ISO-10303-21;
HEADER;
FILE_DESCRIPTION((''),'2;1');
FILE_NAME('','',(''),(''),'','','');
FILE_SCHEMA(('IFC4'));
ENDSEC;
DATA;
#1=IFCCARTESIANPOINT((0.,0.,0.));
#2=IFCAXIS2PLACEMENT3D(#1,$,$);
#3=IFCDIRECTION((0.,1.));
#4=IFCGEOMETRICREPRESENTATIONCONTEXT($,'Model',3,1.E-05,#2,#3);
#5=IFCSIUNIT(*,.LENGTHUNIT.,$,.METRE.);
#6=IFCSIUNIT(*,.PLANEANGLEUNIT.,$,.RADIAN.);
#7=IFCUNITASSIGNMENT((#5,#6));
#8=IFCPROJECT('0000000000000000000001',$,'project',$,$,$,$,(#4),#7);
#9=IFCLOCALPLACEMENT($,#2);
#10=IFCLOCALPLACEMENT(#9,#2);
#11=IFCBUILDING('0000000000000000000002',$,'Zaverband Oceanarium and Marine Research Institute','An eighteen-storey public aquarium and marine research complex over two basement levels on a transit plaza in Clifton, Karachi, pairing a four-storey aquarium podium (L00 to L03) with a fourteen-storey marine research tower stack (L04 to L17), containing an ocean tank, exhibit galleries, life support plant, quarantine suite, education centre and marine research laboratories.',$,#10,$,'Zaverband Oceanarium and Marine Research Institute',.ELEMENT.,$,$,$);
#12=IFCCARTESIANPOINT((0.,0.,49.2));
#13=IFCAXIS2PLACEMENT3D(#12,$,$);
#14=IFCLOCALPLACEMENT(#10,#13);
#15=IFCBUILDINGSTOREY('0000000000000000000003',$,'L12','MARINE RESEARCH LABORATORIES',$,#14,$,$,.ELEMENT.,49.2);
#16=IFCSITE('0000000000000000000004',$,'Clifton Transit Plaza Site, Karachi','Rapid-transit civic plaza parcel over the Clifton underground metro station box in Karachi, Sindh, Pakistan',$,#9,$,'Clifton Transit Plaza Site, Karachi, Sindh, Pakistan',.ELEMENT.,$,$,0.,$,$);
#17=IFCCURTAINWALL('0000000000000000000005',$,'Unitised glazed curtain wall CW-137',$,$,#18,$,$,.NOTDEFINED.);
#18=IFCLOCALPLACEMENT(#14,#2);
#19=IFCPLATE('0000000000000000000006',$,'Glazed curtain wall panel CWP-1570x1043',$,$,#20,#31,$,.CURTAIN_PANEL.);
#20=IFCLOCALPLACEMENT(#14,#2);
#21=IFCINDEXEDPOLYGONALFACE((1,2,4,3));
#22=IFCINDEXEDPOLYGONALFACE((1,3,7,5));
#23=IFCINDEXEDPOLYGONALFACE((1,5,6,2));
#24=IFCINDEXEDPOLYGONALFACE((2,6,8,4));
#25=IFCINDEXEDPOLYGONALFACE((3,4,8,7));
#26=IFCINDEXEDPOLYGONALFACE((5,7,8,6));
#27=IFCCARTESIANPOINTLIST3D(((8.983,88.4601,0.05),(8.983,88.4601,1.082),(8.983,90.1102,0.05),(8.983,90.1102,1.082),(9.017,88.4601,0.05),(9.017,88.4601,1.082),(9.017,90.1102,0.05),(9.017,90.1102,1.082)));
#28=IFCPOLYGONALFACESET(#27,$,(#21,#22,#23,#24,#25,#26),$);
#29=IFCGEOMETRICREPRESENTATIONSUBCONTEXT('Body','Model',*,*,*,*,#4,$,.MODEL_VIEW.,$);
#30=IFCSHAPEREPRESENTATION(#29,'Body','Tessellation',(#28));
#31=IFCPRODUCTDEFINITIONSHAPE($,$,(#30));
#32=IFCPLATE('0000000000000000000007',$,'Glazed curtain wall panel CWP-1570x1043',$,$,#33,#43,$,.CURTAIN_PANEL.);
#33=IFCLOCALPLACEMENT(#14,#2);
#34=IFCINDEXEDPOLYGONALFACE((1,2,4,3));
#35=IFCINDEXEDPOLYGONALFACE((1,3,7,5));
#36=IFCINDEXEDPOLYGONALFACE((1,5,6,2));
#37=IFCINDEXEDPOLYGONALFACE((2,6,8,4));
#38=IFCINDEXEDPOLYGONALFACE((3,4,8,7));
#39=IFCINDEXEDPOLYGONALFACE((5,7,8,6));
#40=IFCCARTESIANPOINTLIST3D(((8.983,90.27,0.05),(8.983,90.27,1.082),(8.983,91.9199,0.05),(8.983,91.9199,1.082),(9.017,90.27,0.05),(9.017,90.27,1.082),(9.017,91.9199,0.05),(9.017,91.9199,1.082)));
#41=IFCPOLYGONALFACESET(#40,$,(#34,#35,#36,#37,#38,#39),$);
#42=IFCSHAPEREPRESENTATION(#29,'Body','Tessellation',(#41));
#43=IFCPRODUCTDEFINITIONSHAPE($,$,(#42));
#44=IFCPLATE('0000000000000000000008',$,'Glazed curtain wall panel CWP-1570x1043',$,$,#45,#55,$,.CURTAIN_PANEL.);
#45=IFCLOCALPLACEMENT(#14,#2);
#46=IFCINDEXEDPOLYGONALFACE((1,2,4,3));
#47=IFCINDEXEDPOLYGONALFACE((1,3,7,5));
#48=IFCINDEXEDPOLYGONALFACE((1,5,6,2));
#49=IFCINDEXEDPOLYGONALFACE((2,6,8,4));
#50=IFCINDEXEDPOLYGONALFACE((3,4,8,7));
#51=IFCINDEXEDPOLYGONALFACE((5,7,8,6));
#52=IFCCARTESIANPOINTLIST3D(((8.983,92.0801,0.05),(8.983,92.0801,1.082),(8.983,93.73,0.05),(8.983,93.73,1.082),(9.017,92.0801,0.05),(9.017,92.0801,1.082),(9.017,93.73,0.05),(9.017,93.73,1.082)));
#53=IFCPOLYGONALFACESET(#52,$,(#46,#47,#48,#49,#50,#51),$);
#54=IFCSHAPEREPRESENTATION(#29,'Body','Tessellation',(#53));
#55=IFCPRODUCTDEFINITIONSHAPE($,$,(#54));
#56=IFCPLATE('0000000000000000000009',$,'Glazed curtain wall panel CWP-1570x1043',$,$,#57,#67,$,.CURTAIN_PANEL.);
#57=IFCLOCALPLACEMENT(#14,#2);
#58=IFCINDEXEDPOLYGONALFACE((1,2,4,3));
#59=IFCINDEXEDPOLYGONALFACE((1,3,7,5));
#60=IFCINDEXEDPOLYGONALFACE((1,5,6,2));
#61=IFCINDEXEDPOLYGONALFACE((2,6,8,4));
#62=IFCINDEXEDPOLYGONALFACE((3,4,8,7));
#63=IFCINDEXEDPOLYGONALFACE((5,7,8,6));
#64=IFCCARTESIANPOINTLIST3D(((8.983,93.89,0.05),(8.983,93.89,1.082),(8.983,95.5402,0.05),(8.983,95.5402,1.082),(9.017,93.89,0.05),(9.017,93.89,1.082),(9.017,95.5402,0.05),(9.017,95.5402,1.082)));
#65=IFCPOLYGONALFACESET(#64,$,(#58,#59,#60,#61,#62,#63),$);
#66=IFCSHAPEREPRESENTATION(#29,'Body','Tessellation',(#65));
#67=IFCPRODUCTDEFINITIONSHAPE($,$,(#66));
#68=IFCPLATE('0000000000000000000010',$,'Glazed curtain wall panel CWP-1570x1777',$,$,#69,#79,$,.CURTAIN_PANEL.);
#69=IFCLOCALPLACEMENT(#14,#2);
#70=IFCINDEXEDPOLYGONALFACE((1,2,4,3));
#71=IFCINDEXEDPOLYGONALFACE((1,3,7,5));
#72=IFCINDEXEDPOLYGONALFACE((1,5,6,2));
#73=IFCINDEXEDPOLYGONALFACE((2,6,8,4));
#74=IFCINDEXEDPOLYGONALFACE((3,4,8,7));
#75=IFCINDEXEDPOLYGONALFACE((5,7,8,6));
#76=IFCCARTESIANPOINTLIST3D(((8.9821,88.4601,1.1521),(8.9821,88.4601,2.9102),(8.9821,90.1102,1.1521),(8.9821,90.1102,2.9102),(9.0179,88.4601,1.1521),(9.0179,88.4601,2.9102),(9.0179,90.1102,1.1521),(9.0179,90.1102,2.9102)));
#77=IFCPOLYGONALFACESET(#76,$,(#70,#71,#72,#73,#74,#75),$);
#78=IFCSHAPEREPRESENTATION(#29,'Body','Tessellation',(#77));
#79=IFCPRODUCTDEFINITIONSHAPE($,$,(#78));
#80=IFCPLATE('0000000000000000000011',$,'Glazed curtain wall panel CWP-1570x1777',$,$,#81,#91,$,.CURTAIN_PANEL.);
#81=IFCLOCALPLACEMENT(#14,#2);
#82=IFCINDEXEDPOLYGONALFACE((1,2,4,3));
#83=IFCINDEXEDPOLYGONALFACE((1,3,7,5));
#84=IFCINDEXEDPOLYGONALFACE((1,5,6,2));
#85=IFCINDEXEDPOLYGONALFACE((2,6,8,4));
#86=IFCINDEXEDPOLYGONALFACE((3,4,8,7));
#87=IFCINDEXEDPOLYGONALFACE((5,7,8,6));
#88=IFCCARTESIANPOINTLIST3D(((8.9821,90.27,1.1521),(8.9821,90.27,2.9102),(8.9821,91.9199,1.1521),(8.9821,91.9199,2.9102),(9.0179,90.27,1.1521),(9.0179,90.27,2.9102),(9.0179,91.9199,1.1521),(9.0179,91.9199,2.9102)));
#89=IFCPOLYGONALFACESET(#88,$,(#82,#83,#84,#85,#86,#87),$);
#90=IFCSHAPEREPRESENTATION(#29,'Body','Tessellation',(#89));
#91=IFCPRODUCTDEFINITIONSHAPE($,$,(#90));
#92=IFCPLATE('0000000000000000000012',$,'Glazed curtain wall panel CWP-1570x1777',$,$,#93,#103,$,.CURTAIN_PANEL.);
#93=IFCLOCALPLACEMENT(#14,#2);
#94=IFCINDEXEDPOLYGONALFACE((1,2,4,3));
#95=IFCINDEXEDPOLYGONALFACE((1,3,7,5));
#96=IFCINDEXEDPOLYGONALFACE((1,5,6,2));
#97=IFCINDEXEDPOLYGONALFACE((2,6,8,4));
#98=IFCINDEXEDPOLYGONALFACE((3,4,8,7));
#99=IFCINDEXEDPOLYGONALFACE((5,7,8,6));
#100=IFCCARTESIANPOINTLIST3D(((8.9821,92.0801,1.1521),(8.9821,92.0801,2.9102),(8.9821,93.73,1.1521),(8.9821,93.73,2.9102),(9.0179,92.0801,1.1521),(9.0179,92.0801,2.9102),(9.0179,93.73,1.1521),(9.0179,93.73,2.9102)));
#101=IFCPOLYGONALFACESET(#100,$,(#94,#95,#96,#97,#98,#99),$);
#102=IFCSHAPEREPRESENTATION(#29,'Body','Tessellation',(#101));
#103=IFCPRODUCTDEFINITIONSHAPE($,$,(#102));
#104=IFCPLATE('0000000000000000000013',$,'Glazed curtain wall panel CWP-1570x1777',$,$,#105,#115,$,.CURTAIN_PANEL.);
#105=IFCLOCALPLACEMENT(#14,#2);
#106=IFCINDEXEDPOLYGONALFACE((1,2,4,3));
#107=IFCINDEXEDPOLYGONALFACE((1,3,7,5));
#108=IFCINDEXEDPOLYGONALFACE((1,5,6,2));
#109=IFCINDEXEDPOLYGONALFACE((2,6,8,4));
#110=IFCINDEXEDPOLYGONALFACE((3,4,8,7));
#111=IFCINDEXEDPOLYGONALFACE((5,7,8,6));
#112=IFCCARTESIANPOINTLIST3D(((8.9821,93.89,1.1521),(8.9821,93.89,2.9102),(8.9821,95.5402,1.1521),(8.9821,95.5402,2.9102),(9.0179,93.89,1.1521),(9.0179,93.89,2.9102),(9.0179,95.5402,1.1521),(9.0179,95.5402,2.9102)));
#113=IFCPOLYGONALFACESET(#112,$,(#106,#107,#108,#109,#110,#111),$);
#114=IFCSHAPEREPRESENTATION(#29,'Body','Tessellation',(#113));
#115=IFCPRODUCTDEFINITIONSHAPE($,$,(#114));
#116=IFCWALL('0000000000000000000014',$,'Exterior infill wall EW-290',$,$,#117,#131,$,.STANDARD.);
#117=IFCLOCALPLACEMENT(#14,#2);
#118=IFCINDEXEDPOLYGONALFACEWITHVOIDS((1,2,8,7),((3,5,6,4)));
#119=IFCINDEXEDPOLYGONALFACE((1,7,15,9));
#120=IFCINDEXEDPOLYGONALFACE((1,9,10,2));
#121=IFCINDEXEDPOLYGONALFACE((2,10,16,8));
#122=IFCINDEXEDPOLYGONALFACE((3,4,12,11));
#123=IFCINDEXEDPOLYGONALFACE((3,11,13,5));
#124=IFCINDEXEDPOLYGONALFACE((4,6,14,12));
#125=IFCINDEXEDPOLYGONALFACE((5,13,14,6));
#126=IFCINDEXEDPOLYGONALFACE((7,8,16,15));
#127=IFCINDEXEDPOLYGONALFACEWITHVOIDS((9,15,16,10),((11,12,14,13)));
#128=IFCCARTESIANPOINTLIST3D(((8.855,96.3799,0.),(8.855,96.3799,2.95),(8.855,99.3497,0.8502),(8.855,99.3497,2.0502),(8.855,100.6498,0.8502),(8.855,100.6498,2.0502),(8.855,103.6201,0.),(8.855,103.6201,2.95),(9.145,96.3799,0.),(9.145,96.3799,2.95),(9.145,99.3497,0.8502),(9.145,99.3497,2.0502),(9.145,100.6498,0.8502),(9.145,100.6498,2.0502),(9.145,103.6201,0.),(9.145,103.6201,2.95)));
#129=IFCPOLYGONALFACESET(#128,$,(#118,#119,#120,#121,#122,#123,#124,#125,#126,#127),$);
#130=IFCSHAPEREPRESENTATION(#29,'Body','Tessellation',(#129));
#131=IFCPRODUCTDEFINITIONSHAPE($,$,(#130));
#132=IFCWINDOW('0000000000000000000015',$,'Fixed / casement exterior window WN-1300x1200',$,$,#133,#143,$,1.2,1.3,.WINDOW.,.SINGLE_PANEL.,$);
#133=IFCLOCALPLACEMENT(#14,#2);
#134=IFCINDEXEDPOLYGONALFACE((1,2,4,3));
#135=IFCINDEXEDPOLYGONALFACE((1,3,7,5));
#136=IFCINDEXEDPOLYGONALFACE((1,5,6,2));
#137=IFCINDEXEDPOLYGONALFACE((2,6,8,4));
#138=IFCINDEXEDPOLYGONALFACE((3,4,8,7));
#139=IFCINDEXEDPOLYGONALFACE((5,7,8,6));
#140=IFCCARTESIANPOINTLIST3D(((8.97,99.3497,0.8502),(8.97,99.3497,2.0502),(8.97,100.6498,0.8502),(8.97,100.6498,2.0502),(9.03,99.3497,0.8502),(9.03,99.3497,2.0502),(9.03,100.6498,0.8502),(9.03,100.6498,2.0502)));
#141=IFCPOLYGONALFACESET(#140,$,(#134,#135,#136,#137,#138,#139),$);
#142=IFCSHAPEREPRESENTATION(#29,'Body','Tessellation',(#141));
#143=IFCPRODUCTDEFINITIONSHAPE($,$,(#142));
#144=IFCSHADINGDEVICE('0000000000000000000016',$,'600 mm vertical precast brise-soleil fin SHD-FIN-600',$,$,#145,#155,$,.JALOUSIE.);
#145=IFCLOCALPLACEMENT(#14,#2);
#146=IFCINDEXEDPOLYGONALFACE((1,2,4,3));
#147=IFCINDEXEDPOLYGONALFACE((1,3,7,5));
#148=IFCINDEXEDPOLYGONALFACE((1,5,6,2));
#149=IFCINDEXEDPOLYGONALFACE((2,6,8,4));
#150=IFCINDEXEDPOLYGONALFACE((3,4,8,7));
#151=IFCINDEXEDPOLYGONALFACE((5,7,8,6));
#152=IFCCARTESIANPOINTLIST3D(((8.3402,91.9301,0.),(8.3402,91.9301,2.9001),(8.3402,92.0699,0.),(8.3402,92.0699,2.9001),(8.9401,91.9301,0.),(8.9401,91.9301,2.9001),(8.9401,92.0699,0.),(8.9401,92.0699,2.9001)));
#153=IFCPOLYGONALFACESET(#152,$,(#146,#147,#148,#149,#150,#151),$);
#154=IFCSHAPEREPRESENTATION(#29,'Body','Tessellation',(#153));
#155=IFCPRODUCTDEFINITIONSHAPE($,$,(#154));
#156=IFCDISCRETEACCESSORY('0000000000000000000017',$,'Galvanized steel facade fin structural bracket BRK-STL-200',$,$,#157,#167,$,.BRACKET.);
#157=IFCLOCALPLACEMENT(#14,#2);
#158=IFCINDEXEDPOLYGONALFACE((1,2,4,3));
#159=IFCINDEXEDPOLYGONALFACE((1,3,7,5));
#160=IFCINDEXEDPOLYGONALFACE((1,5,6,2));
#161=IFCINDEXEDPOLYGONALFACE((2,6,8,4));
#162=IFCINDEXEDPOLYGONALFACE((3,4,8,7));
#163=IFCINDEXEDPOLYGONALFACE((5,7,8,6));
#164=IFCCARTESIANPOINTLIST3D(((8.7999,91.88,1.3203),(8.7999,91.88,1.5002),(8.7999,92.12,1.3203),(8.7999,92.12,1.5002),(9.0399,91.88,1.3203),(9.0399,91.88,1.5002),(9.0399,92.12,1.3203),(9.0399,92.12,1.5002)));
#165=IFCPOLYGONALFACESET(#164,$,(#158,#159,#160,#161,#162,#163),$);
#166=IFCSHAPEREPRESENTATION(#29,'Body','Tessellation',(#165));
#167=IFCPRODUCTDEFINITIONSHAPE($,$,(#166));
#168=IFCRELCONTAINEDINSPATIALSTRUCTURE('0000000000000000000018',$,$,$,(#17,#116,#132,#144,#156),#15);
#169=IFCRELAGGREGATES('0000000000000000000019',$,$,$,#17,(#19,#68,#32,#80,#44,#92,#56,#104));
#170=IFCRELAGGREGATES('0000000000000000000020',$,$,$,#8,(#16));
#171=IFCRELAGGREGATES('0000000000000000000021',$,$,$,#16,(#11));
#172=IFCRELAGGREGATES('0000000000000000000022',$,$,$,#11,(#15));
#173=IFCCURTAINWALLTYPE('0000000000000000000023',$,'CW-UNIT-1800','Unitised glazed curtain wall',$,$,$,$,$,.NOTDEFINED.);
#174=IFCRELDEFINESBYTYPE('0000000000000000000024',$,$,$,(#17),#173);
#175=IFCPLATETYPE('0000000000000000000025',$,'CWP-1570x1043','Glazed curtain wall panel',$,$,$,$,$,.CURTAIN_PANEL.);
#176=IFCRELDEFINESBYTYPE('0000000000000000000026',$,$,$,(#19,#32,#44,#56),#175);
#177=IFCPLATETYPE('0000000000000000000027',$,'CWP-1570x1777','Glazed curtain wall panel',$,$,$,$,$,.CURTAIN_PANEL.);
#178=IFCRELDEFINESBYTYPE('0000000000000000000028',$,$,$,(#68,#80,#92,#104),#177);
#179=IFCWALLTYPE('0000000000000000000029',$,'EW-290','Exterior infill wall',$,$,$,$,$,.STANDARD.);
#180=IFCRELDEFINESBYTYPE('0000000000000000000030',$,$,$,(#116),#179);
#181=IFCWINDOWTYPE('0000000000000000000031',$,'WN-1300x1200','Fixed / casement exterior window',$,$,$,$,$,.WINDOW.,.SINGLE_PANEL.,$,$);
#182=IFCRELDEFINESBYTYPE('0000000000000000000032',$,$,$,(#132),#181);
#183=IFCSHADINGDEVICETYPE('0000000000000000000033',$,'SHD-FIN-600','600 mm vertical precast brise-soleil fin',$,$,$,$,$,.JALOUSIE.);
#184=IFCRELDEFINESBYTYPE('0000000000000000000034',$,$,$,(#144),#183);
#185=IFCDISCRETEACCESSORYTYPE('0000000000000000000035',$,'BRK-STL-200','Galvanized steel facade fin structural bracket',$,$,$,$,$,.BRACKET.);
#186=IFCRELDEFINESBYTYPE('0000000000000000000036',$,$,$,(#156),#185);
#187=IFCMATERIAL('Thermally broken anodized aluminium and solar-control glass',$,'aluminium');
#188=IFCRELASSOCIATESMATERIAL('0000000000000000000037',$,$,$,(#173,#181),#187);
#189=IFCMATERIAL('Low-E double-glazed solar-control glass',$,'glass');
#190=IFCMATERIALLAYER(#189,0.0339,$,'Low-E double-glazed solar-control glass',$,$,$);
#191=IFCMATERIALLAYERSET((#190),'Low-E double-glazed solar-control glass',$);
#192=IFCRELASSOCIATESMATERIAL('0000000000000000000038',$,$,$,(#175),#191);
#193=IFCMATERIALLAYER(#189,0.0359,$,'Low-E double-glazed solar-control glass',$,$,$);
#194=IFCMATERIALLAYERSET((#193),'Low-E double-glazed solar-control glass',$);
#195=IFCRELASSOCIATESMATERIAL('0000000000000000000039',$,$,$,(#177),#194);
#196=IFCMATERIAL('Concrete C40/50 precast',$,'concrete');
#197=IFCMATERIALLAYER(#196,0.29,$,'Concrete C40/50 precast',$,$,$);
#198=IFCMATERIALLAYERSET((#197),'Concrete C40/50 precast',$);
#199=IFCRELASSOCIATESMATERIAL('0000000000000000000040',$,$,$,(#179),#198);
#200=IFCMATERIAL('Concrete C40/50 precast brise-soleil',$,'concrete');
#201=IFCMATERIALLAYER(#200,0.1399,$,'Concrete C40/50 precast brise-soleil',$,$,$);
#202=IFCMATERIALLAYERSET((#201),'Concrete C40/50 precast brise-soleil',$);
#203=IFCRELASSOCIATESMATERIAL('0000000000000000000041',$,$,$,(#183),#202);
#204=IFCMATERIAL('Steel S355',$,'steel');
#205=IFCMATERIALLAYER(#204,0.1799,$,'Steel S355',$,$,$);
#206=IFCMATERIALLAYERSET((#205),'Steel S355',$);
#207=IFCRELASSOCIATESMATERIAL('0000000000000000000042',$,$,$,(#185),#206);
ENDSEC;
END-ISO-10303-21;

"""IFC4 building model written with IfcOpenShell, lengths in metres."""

from ifc_helpers import new_model, si_unit, direction, frame, frame_2d, origin, origin_2d, place, context, subcontext, project, spatial, rectangle, extrude, material, layer, layer_set, type_object, element, fill, aggregate, save


model = new_model("IFC4")

# Units and contexts
model_context = context("Model", 3, precision=1e-05, world=origin(), true_north=direction((0.0, 1.0)))
body_context = subcontext(model_context, "Body", "Model", "MODEL_VIEW")
ifc_project = project(units=[si_unit("LENGTHUNIT", "METRE"), si_unit("PLANEANGLEUNIT", "RADIAN")], contexts=[model_context])

# Site, building, storey
site_placement = place(None, origin())
site = spatial("IfcSite", under=ifc_project, at=site_placement, Name="Clifton Transit Plaza Site, Karachi", Description="Rapid-transit civic plaza parcel over the Clifton underground metro station box in Karachi, Sindh, Pakistan", LongName="Clifton Transit Plaza Site, Karachi, Sindh, Pakistan", CompositionType="ELEMENT", RefElevation=0.0)
building_placement = place(site_placement, origin())
building = spatial("IfcBuilding", under=site, at=building_placement, Name="Zaverband Oceanarium and Marine Research Institute", Description="An eighteen-storey public aquarium and marine research complex over two basement levels on a transit plaza in Clifton, Karachi, pairing a four-storey aquarium podium (L00 to L03) with a fourteen-storey marine research tower stack (L04 to L17), containing an ocean tank, exhibit galleries, life support plant, quarantine suite, education centre and marine research laboratories.", LongName="Zaverband Oceanarium and Marine Research Institute", CompositionType="ELEMENT")
storey_placement = place(building_placement, frame((0.0, 0.0, 49.2)))
storey = spatial("IfcBuildingStorey", under=building, at=storey_placement, Name="L12", Description="MARINE RESEARCH LABORATORIES", CompositionType="ELEMENT", Elevation=49.2)

# Curtain wall
ifc_material_1 = material(Name="Thermally broken anodized aluminium and solar-control glass", Category="aluminium")
curtain_wall_type = type_object("IfcCurtainWallType", Name="CW-UNIT-1800", Description="Unitised glazed curtain wall", PredefinedType="NOTDEFINED", material=ifc_material_1)
curtain_wall_placement = place(storey_placement, origin())
curtain_wall = element("IfcCurtainWall", 1, at=curtain_wall_placement, inside=storey, type_object=curtain_wall_type, Name="Unitised glazed curtain wall CW-137", PredefinedType="NOTDEFINED")

# Plates
ifc_material_2 = material(Name="Low-E double-glazed solar-control glass", Category="glass")
ifc_layer_1 = layer(ifc_material_2, 0.0339, Name="Low-E double-glazed solar-control glass")
ifc_layer_set_1 = layer_set([ifc_layer_1], Name="Low-E double-glazed solar-control glass")
plate_type_1 = type_object("IfcPlateType", Name="CWP-1570x1043", Description="Glazed curtain wall panel", PredefinedType="CURTAIN_PANEL", material=ifc_layer_set_1)
plate_1_placement = place(storey_placement, frame((9.0, 88.46, 0.05), z_axis=(0.0, 0.0, 1.0), x_axis=(0.0, 1.0, 0.0)))
plate_1 = element("IfcPlate", 2, at=plate_1_placement, type_object=plate_type_1, Name="Glazed curtain wall panel CWP-1570x1043", PredefinedType="CURTAIN_PANEL", context=body_context, shape_type="SweptSolid", body=[
    extrude(rectangle(XDim=1.6501, YDim=0.0339, at=frame_2d((0.8252, 0.0))), origin(), (0.0, 0.0, 1.0), 1.032),
])
plate_2_placement = place(storey_placement, frame((9.0, 90.27, 0.05), z_axis=(0.0, 0.0, 1.0), x_axis=(0.0, 1.0, 0.0)))
plate_2 = element("IfcPlate", 3, at=plate_2_placement, type_object=plate_type_1, Name="Glazed curtain wall panel CWP-1570x1043", PredefinedType="CURTAIN_PANEL", context=body_context, shape_type="SweptSolid", body=[
    extrude(rectangle(XDim=1.6499, YDim=0.0339, at=frame_2d((0.825, 0.0))), origin(), (0.0, 0.0, 1.0), 1.032),
])
plate_3_placement = place(storey_placement, frame((9.0, 92.0801, 0.05), z_axis=(0.0, 0.0, 1.0), x_axis=(0.0, 1.0, 0.0)))
plate_3 = element("IfcPlate", 4, at=plate_3_placement, type_object=plate_type_1, Name="Glazed curtain wall panel CWP-1570x1043", PredefinedType="CURTAIN_PANEL", context=body_context, shape_type="SweptSolid", body=[
    extrude(rectangle(XDim=1.6499, YDim=0.0339, at=frame_2d((0.825, 0.0))), origin(), (0.0, 0.0, 1.0), 1.032),
])
plate_4_placement = place(storey_placement, frame((9.0, 93.8899, 0.05), z_axis=(0.0, 0.0, 1.0), x_axis=(0.0, 1.0, 0.0)))
plate_4 = element("IfcPlate", 5, at=plate_4_placement, type_object=plate_type_1, Name="Glazed curtain wall panel CWP-1570x1043", PredefinedType="CURTAIN_PANEL", context=body_context, shape_type="SweptSolid", body=[
    extrude(rectangle(XDim=1.6501, YDim=0.0339, at=frame_2d((0.8252, 0.0))), origin(), (0.0, 0.0, 1.0), 1.032),
])
ifc_layer_2 = layer(ifc_material_2, 0.0359, Name="Low-E double-glazed solar-control glass")
ifc_layer_set_2 = layer_set([ifc_layer_2], Name="Low-E double-glazed solar-control glass")
plate_type_2 = type_object("IfcPlateType", Name="CWP-1570x1777", Description="Glazed curtain wall panel", PredefinedType="CURTAIN_PANEL", material=ifc_layer_set_2)
plate_5_placement = place(storey_placement, frame((9.0, 88.46, 1.1521), z_axis=(0.0, 0.0, 1.0), x_axis=(0.0, 1.0, 0.0)))
plate_5 = element("IfcPlate", 6, at=plate_5_placement, type_object=plate_type_2, Name="Glazed curtain wall panel CWP-1570x1777", PredefinedType="CURTAIN_PANEL", context=body_context, shape_type="SweptSolid", body=[
    extrude(rectangle(XDim=1.6501, YDim=0.0359, at=frame_2d((0.8252, 0.0))), origin(), (0.0, 0.0, 1.0), 1.7581),
])
plate_6_placement = place(storey_placement, frame((9.0, 90.27, 1.1521), z_axis=(0.0, 0.0, 1.0), x_axis=(0.0, 1.0, 0.0)))
plate_6 = element("IfcPlate", 7, at=plate_6_placement, type_object=plate_type_2, Name="Glazed curtain wall panel CWP-1570x1777", PredefinedType="CURTAIN_PANEL", context=body_context, shape_type="SweptSolid", body=[
    extrude(rectangle(XDim=1.6499, YDim=0.0359, at=frame_2d((0.825, 0.0))), origin(), (0.0, 0.0, 1.0), 1.7581),
])
plate_7_placement = place(storey_placement, frame((9.0, 92.0801, 1.1521), z_axis=(0.0, 0.0, 1.0), x_axis=(0.0, 1.0, 0.0)))
plate_7 = element("IfcPlate", 8, at=plate_7_placement, type_object=plate_type_2, Name="Glazed curtain wall panel CWP-1570x1777", PredefinedType="CURTAIN_PANEL", context=body_context, shape_type="SweptSolid", body=[
    extrude(rectangle(XDim=1.6499, YDim=0.0359, at=frame_2d((0.825, 0.0))), origin(), (0.0, 0.0, 1.0), 1.7581),
])
plate_8_placement = place(storey_placement, frame((9.0, 93.8899, 1.1521), z_axis=(0.0, 0.0, 1.0), x_axis=(0.0, 1.0, 0.0)))
plate_8 = element("IfcPlate", 9, at=plate_8_placement, type_object=plate_type_2, Name="Glazed curtain wall panel CWP-1570x1777", PredefinedType="CURTAIN_PANEL", context=body_context, shape_type="SweptSolid", body=[
    extrude(rectangle(XDim=1.6501, YDim=0.0359, at=frame_2d((0.8252, 0.0))), origin(), (0.0, 0.0, 1.0), 1.7581),
])
aggregate(curtain_wall, [plate_1, plate_5, plate_2, plate_6, plate_3, plate_7, plate_4, plate_8])

# Wall, opening, window
ifc_material_3 = material(Name="Concrete C40/50 precast", Category="concrete")
ifc_layer_3 = layer(ifc_material_3, 0.29, Name="Concrete C40/50 precast")
ifc_layer_set_3 = layer_set([ifc_layer_3], Name="Concrete C40/50 precast")
wall_type = type_object("IfcWallType", Name="EW-290", Description="Exterior infill wall", PredefinedType="STANDARD", material=ifc_layer_set_3)
wall_placement = place(storey_placement, frame((9.0, 96.3799, 0.0), z_axis=(0.0, 0.0, 1.0), x_axis=(0.0, 1.0, 0.0)))
wall = element("IfcWall", 10, at=wall_placement, inside=storey, type_object=wall_type, Name="Exterior infill wall EW-290", PredefinedType="STANDARD", context=body_context, shape_type="SweptSolid", body=[
    extrude(rectangle(XDim=7.2402, YDim=0.29, at=frame_2d((3.6201, 0.0))), origin(), (0.0, 0.0, 1.0), 2.95),
])
opening_placement = place(wall_placement, frame((2.97, 0.0, 0.8501)))
opening = element("IfcOpeningElement", 11, at=opening_placement, cuts=wall, PredefinedType="OPENING", context=body_context, shape_type="SweptSolid", body=[
    extrude(rectangle(XDim=1.3, YDim=1.2, at=frame_2d((0.6499, 0.6001))), frame((0.0, 0.157, 0.0), z_axis=(0.0, -1.0, 0.0), x_axis=(1.0, 0.0, 0.0)), (0.0, 0.0, 1.0), 0.314),
])
window_type = type_object("IfcWindowType", Name="WN-1300x1200", Description="Fixed / casement exterior window", PartitioningType="SINGLE_PANEL", PredefinedType="WINDOW", material=ifc_material_1)
window_placement = place(opening_placement, origin())
window = element("IfcWindow", 12, at=window_placement, inside=storey, type_object=window_type, Name="Fixed / casement exterior window WN-1300x1200", OverallHeight=1.2, OverallWidth=1.3, PartitioningType="SINGLE_PANEL", PredefinedType="WINDOW", context=body_context, shape_type="SweptSolid", body=[
    extrude(rectangle(XDim=1.3, YDim=1.2, at=frame_2d((0.6499, 0.6001))), frame((0.0, 0.03, 0.0), z_axis=(0.0, -1.0, 0.0), x_axis=(1.0, 0.0, 0.0)), (0.0, 0.0, 1.0), 0.0601),
])
fill(opening, window)

# Shading device
ifc_material_4 = material(Name="Concrete C40/50 precast brise-soleil", Category="concrete")
ifc_layer_4 = layer(ifc_material_4, 0.1399, Name="Concrete C40/50 precast brise-soleil")
ifc_layer_set_4 = layer_set([ifc_layer_4], Name="Concrete C40/50 precast brise-soleil")
shading_device_type = type_object("IfcShadingDeviceType", Name="SHD-FIN-600", Description="600 mm vertical precast brise-soleil fin", PredefinedType="JALOUSIE", material=ifc_layer_set_4)
shading_device_placement = place(storey_placement, frame((8.9399, 92.0, 0.0), z_axis=(0.0, 0.0, 1.0), x_axis=(-1.0, 0.0, 0.0)))
element("IfcShadingDevice", 13, at=shading_device_placement, inside=storey, type_object=shading_device_type, Name="600 mm vertical precast brise-soleil fin SHD-FIN-600", PredefinedType="JALOUSIE", context=body_context, shape_type="SweptSolid", body=[
    extrude(rectangle(XDim=0.5999, YDim=0.1399, at=frame_2d((0.2998, 0.0))), origin(), (0.0, 0.0, 1.0), 2.9001),
])

# Discrete accessory
ifc_material_5 = material(Name="Steel S355", Category="steel")
ifc_layer_5 = layer(ifc_material_5, 0.1799, Name="Steel S355")
ifc_layer_set_5 = layer_set([ifc_layer_5], Name="Steel S355")
discrete_accessory_type = type_object("IfcDiscreteAccessoryType", Name="BRK-STL-200", Description="Galvanized steel facade fin structural bracket", PredefinedType="BRACKET", material=ifc_layer_set_5)
discrete_accessory_placement = place(storey_placement, frame((8.9199, 92.0, 1.3203), z_axis=(0.0, 0.0, 1.0), x_axis=(1.0, 0.0, 0.0)))
element("IfcDiscreteAccessory", 14, at=discrete_accessory_placement, inside=storey, type_object=discrete_accessory_type, Name="Galvanized steel facade fin structural bracket BRK-STL-200", PredefinedType="BRACKET", context=body_context, shape_type="SweptSolid", body=[
    extrude(rectangle(XDim=0.24, YDim=0.24, at=origin_2d()), origin(), (0.0, 0.0, 1.0), 0.1799),
])

save(model, "model.ifc")
